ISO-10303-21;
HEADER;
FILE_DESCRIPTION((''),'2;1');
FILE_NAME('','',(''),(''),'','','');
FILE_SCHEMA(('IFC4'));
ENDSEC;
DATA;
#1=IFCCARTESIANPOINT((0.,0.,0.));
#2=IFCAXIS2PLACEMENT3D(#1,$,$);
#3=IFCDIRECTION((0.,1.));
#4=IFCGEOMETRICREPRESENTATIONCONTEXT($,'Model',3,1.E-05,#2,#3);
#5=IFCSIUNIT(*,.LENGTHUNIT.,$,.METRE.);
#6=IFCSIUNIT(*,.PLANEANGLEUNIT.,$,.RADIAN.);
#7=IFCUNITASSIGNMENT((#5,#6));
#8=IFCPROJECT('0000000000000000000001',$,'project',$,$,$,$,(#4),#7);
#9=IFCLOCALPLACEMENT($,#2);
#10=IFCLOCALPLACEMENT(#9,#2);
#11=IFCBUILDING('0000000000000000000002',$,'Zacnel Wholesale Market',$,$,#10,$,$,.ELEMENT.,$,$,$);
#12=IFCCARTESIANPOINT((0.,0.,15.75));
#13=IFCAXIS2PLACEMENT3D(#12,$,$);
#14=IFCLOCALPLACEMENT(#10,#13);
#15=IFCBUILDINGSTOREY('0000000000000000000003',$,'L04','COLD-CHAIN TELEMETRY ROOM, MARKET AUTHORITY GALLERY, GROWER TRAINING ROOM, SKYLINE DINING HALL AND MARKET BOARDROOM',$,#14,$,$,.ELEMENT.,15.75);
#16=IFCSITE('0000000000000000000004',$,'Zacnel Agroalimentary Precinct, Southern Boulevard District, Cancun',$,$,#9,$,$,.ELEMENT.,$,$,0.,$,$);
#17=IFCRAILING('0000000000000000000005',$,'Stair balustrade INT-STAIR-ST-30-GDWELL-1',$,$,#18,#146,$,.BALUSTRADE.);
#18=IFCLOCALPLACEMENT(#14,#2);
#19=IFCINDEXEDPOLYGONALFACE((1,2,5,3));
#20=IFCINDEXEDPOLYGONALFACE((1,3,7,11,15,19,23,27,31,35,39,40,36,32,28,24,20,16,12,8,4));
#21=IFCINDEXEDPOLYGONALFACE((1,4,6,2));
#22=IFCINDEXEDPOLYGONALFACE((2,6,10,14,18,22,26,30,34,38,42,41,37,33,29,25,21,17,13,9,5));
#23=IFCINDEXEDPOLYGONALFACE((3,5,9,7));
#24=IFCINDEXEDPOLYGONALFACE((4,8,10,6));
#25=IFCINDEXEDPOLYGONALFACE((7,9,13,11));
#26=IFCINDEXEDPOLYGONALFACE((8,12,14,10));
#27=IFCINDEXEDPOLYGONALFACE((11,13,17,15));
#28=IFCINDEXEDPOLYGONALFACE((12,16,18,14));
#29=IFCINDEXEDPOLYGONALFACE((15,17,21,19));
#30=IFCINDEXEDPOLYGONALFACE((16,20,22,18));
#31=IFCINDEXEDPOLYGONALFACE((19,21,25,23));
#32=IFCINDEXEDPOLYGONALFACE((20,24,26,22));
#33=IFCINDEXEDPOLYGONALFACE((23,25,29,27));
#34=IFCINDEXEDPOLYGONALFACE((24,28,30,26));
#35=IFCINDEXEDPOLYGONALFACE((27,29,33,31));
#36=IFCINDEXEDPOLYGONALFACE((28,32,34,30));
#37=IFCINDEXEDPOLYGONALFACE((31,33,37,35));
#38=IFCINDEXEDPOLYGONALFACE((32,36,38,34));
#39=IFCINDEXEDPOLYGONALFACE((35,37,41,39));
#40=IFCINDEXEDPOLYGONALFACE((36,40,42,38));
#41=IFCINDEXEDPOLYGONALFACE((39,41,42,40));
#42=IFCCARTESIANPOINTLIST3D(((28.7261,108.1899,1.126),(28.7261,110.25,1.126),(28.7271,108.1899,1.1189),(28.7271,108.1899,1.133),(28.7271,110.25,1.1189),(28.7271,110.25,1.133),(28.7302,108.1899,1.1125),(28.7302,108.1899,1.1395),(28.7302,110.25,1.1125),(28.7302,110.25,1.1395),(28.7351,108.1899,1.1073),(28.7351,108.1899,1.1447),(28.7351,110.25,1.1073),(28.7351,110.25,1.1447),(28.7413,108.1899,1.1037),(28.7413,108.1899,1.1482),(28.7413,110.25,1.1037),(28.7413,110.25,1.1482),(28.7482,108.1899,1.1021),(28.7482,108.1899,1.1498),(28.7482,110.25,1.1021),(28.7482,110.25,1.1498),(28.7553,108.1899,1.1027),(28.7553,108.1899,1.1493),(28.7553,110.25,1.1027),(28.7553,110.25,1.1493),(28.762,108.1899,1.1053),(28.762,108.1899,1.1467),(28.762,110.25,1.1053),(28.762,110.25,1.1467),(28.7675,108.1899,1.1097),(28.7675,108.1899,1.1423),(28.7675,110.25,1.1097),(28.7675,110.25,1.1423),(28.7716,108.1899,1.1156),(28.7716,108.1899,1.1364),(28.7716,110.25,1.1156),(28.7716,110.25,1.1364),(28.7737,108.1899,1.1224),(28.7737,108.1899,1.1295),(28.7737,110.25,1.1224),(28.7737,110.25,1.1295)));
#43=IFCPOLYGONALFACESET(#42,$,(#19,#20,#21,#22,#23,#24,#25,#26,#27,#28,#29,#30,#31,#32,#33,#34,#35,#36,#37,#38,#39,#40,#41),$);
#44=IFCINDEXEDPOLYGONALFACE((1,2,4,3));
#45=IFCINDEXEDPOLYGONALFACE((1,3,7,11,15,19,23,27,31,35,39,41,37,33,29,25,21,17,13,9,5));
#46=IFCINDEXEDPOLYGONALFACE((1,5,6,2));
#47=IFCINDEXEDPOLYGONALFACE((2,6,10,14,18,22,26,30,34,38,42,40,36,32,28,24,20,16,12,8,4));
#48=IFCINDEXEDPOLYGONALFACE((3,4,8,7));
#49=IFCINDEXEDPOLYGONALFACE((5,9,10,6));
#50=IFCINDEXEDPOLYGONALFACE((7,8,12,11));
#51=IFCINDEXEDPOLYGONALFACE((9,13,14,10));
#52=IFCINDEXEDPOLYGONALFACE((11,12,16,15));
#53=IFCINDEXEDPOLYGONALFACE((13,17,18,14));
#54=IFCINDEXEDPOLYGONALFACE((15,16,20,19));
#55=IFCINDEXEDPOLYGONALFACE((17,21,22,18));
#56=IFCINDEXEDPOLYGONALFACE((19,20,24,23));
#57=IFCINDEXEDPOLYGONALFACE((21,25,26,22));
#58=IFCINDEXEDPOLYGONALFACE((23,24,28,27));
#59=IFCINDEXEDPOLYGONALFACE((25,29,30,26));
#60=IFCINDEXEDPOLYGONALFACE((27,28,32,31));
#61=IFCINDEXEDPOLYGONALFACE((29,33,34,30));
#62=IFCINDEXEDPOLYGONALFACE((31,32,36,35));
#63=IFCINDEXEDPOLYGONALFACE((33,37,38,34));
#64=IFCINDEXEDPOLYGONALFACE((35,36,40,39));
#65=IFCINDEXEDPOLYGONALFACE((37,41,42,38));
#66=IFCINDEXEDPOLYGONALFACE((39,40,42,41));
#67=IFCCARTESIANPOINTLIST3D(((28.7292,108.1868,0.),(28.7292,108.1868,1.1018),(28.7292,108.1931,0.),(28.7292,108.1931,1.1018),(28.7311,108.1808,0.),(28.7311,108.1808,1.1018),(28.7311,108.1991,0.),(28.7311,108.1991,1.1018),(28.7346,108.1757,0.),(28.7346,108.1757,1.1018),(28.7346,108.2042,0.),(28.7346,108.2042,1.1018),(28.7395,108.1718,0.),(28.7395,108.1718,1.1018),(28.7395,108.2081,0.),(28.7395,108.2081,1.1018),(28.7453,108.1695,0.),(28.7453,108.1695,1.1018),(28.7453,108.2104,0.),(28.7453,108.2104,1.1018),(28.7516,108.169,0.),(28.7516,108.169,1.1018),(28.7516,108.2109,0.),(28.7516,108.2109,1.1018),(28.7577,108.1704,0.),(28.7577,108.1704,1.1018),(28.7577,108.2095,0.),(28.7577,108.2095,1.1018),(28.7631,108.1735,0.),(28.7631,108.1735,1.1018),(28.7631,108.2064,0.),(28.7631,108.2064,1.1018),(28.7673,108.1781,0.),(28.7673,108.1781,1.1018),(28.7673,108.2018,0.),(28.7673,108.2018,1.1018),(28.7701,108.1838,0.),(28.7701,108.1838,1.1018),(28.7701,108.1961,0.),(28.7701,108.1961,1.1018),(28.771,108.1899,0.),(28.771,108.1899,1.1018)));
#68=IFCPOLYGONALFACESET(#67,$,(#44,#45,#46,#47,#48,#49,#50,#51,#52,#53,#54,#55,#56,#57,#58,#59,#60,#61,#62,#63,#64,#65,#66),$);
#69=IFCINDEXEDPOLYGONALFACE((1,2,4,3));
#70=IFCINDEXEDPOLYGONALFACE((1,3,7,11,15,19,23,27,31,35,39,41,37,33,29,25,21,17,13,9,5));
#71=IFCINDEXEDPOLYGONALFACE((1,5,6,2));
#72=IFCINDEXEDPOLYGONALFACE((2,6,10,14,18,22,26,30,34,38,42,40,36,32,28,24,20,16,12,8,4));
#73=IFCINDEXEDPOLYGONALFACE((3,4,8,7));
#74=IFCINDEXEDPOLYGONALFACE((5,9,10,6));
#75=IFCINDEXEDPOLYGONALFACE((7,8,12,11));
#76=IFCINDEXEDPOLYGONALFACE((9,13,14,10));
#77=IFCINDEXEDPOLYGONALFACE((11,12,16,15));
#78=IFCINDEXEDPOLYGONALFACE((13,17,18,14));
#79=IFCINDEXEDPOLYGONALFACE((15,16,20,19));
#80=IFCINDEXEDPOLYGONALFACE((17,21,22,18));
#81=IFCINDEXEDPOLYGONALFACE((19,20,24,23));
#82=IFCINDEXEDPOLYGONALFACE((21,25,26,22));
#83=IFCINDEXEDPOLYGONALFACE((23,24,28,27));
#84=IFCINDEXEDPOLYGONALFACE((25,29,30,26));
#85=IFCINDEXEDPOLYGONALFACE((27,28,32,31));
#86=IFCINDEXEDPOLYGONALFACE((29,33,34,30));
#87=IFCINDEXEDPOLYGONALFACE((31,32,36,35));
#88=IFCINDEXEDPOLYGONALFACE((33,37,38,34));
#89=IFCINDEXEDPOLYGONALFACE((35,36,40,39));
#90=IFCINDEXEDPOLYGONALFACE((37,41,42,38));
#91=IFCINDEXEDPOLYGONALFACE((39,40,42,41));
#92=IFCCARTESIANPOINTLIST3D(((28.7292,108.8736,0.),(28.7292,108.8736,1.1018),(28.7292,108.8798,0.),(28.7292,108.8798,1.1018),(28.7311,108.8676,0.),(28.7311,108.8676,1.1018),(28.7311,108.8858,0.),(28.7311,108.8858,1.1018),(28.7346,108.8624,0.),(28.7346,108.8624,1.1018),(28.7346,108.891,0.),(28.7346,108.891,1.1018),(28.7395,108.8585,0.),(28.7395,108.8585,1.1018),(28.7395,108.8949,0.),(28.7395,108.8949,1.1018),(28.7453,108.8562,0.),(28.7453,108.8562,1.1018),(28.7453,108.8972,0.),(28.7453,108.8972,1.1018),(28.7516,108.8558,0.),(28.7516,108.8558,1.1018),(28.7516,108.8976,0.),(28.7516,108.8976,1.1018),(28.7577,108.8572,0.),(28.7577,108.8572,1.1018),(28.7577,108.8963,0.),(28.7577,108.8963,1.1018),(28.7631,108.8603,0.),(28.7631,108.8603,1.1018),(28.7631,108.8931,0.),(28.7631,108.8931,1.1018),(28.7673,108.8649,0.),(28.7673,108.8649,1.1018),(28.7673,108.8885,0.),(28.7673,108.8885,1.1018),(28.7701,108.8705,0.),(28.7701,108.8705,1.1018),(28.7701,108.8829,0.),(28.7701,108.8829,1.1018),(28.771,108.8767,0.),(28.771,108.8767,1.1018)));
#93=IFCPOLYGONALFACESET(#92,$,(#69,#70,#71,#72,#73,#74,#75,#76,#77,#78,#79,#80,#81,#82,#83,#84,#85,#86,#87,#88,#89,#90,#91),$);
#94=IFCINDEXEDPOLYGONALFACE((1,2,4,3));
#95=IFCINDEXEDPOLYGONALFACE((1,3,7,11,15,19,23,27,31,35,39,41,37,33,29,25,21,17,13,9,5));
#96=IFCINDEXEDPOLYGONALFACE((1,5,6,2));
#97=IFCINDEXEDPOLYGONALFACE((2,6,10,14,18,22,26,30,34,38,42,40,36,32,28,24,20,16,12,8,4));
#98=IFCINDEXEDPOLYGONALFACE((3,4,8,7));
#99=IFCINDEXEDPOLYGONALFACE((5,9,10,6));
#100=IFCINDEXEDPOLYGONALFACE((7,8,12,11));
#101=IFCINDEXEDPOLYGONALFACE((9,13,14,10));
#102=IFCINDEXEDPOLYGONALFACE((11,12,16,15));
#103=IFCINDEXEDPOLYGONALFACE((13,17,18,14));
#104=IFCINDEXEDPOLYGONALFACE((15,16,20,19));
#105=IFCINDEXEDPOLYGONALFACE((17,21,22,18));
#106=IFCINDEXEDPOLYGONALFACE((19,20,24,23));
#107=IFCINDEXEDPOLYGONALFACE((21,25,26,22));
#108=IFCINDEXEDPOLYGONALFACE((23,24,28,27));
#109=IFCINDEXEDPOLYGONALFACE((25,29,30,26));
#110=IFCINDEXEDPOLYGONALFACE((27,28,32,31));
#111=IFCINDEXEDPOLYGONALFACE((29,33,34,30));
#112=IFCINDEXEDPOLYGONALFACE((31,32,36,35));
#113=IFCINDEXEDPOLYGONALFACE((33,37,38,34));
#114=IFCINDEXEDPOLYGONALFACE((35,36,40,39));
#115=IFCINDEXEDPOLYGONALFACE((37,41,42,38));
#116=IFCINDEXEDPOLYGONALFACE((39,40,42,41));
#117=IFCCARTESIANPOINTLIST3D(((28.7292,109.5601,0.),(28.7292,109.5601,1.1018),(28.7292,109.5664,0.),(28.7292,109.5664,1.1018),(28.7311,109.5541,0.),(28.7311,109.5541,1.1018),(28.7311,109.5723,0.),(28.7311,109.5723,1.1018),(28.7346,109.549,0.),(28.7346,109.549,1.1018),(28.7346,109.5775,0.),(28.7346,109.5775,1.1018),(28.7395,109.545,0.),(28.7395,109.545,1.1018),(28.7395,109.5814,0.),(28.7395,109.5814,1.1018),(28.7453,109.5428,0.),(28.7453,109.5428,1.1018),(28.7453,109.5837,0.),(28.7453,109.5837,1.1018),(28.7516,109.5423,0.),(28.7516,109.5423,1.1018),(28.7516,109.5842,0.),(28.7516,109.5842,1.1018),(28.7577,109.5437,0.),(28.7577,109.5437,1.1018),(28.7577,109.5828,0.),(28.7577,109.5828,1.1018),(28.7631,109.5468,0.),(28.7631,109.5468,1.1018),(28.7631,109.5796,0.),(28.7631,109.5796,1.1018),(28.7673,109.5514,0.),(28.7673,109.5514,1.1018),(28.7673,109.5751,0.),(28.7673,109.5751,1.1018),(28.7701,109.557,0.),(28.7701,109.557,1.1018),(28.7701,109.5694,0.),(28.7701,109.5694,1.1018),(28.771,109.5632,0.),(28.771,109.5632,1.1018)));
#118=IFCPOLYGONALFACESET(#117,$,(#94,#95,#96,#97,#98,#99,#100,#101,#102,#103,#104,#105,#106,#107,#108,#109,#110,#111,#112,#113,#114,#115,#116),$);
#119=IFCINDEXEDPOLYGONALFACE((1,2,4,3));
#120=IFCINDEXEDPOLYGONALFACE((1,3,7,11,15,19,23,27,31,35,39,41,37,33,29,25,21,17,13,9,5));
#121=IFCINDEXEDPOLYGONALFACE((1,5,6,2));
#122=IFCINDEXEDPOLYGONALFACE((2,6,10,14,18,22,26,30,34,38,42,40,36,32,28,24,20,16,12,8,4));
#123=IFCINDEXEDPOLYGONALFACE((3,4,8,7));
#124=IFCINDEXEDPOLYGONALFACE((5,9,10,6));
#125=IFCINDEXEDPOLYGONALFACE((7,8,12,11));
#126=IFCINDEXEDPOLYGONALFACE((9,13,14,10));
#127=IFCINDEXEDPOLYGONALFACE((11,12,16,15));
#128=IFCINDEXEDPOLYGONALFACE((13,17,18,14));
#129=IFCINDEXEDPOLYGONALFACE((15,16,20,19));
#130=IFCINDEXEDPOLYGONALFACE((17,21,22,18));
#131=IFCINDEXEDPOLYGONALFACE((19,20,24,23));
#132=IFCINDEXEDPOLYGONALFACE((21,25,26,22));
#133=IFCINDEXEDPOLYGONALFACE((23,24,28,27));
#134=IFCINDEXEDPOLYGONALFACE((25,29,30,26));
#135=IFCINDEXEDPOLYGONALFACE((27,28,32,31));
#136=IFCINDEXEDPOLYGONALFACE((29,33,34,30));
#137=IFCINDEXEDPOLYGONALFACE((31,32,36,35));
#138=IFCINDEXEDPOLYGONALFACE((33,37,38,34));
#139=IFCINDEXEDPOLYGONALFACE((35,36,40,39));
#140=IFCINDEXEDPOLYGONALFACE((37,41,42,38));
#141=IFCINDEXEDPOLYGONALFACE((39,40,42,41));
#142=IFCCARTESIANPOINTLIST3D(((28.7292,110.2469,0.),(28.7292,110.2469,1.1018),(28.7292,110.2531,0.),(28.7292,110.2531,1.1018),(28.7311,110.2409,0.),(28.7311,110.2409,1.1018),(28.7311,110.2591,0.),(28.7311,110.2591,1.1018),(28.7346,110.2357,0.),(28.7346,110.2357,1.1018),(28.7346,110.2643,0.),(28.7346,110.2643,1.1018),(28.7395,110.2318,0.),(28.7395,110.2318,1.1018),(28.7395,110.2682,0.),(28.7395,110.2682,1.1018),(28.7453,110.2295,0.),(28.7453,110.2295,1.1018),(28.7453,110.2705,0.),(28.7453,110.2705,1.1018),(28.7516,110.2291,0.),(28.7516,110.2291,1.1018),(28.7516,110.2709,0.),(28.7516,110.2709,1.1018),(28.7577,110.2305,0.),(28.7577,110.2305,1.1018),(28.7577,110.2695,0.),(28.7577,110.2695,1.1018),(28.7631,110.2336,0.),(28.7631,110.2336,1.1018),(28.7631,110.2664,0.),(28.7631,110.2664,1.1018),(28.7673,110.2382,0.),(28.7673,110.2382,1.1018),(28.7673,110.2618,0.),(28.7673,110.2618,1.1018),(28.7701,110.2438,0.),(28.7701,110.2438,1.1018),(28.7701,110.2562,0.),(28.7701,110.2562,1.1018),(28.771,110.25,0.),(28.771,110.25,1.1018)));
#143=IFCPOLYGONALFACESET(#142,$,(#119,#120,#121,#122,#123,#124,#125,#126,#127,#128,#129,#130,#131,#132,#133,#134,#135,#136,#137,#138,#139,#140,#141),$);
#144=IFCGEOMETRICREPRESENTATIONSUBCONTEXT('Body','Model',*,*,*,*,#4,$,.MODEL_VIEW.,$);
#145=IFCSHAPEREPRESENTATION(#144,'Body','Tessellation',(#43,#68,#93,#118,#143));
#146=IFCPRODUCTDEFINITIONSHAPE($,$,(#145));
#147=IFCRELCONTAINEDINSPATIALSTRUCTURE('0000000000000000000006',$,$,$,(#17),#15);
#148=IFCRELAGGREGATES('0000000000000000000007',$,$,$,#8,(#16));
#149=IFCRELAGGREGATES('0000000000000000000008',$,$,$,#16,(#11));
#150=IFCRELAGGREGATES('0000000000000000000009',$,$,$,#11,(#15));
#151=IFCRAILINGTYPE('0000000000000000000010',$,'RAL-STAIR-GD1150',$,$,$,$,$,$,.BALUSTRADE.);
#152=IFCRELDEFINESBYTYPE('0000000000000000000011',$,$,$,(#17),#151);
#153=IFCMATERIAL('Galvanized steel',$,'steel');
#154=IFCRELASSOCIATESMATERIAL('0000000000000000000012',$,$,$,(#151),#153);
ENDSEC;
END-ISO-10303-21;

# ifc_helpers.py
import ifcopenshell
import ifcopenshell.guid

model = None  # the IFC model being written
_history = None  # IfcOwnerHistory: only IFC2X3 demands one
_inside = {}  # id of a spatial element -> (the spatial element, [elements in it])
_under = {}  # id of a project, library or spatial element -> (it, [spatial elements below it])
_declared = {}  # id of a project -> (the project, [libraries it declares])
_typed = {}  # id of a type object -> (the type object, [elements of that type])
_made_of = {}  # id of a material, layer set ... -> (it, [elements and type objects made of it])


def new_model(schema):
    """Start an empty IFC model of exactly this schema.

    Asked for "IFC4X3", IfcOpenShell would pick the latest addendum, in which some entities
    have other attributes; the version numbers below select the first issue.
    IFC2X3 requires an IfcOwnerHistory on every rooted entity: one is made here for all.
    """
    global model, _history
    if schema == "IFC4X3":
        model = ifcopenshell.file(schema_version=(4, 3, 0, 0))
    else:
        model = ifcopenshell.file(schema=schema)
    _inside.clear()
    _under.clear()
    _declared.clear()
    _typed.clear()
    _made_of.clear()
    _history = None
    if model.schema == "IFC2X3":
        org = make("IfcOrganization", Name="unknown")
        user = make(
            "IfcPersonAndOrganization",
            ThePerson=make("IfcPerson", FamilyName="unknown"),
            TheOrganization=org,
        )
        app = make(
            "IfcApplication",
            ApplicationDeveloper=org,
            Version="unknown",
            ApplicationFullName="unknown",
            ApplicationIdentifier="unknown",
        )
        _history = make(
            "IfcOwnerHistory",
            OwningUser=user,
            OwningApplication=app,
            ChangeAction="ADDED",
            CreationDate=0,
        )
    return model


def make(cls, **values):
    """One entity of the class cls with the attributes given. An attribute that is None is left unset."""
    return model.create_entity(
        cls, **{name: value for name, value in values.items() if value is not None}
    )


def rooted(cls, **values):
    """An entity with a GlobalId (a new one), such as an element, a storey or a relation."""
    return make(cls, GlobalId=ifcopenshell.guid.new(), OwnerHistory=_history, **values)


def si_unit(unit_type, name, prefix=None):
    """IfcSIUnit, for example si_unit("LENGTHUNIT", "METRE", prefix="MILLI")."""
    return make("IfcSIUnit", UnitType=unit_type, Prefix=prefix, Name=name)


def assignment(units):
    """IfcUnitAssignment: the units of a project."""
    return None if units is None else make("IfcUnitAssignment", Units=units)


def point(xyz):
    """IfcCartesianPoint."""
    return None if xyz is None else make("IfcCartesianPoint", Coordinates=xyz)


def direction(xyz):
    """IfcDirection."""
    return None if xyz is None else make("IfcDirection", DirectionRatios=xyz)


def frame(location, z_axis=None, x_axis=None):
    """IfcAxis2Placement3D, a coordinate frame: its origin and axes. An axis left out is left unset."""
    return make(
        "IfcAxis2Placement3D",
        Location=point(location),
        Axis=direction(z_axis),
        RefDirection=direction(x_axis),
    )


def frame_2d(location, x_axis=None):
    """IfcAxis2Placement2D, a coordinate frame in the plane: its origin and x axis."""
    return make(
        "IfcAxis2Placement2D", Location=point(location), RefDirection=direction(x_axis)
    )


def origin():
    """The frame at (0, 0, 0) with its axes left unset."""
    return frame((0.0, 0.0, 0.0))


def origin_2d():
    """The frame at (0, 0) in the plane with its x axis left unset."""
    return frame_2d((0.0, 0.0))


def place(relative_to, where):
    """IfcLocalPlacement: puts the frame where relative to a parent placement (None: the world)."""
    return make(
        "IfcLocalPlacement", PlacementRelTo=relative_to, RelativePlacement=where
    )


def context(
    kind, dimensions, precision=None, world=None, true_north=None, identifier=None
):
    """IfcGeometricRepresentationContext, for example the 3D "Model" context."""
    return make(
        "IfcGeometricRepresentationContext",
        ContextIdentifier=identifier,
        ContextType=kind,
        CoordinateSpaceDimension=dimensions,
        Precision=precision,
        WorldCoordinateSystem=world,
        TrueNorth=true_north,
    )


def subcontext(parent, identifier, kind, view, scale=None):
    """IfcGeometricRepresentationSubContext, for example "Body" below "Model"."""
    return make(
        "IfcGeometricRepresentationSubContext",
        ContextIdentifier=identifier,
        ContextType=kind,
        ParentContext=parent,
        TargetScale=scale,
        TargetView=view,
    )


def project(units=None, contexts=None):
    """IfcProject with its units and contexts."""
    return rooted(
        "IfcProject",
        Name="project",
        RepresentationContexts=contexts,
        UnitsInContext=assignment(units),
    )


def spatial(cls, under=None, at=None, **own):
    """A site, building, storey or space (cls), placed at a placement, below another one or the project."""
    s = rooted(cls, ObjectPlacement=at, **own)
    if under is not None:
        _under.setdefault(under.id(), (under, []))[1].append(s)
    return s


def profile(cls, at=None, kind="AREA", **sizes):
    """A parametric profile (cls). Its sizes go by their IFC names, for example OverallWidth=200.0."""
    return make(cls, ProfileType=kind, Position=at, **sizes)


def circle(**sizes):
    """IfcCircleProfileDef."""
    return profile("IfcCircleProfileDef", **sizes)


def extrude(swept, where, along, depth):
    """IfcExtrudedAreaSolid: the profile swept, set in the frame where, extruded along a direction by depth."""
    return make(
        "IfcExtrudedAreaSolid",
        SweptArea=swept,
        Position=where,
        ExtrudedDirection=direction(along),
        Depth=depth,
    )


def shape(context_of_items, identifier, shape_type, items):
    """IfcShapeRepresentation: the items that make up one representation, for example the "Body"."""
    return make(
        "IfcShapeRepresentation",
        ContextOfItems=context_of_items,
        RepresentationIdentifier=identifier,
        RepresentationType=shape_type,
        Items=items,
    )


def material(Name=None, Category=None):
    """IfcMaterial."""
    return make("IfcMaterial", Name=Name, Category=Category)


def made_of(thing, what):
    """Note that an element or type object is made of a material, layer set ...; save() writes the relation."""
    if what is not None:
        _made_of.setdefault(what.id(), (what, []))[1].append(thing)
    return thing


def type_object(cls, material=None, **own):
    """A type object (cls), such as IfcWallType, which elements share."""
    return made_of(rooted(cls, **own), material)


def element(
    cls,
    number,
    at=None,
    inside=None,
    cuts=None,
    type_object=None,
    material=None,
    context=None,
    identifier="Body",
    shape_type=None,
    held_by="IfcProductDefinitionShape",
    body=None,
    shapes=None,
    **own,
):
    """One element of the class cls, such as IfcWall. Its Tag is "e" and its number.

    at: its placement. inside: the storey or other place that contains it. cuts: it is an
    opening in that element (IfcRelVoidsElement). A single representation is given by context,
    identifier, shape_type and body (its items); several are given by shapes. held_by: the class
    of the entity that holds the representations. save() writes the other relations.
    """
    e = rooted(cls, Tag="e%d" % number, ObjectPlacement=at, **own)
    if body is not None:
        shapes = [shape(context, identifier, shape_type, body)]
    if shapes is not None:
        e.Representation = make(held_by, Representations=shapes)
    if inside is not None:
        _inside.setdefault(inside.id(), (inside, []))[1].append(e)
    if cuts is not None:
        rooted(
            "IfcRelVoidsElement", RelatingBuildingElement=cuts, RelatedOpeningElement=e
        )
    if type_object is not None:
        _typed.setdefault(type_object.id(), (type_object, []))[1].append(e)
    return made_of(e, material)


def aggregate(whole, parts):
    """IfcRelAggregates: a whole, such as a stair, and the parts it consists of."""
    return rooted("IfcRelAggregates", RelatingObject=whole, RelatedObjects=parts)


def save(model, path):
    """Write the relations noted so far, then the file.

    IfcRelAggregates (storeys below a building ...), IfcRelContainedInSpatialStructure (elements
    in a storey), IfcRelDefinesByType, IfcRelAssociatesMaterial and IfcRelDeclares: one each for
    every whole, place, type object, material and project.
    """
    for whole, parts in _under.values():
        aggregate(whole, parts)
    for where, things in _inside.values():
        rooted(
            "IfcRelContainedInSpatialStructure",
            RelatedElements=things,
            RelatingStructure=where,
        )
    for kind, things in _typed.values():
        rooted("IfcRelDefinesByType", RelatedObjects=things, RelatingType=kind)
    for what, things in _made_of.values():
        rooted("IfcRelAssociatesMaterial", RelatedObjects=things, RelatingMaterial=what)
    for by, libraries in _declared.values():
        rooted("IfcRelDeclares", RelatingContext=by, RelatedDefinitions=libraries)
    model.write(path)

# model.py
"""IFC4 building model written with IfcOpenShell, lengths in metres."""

from ifc_helpers import new_model, si_unit, direction, frame, origin, origin_2d, place, context, subcontext, project, spatial, circle, extrude, material, type_object, element, save


model = new_model("IFC4")

# Units and contexts
model_context = context("Model", 3, precision=1e-05, world=origin(), true_north=direction((0.0, 1.0)))
body_context = subcontext(model_context, "Body", "Model", "MODEL_VIEW")
ifc_project = project(units=[si_unit("LENGTHUNIT", "METRE"), si_unit("PLANEANGLEUNIT", "RADIAN")], contexts=[model_context])

# Site, building, storey
site_placement = place(None, origin())
site = spatial("IfcSite", under=ifc_project, at=site_placement, Name="Zacnel Agroalimentary Precinct, Southern Boulevard District, Cancun", CompositionType="ELEMENT", RefElevation=0.0)
building_placement = place(site_placement, origin())
building = spatial("IfcBuilding", under=site, at=building_placement, Name="Zacnel Wholesale Market", CompositionType="ELEMENT")
storey_placement = place(building_placement, frame((0.0, 0.0, 15.75)))
storey = spatial("IfcBuildingStorey", under=building, at=storey_placement, Name="L04", Description="COLD-CHAIN TELEMETRY ROOM, MARKET AUTHORITY GALLERY, GROWER TRAINING ROOM, SKYLINE DINING HALL AND MARKET BOARDROOM", CompositionType="ELEMENT", Elevation=15.75)

# Railing
ifc_material_1 = material(Name="Galvanized steel", Category="steel")
railing_type = type_object("IfcRailingType", Name="RAL-STAIR-GD1150", PredefinedType="BALUSTRADE", material=ifc_material_1)
railing_placement = place(storey_placement, frame((28.75, 108.1899, 0.0)))
element("IfcRailing", 1, at=railing_placement, inside=storey, type_object=railing_type, Name="Stair balustrade INT-STAIR-ST-30-GDWELL-1", PredefinedType="BALUSTRADE", context=body_context, shape_type="SweptSolid", body=[
    extrude(circle(Radius=0.0239, at=origin_2d()), frame((0.0, 0.0, 1.126), z_axis=(0.0, 1.0, 0.0), x_axis=(-1.0, 0.0, 0.0)), (0.0, 0.0, 1.0), 2.0601),
    extrude(circle(Radius=0.021, at=origin_2d()), origin(), (0.0, 0.0, 1.0), 1.1018),
    extrude(circle(Radius=0.021, at=origin_2d()), frame((0.0, 0.6868, 0.0)), (0.0, 0.0, 1.0), 1.1018),
    extrude(circle(Radius=0.021, at=origin_2d()), frame((0.0, 1.3733, 0.0)), (0.0, 0.0, 1.0), 1.1018),
    extrude(circle(Radius=0.021, at=origin_2d()), frame((0.0, 2.0601, 0.0)), (0.0, 0.0, 1.0), 1.1018),
])

save(model, "model.ifc")
